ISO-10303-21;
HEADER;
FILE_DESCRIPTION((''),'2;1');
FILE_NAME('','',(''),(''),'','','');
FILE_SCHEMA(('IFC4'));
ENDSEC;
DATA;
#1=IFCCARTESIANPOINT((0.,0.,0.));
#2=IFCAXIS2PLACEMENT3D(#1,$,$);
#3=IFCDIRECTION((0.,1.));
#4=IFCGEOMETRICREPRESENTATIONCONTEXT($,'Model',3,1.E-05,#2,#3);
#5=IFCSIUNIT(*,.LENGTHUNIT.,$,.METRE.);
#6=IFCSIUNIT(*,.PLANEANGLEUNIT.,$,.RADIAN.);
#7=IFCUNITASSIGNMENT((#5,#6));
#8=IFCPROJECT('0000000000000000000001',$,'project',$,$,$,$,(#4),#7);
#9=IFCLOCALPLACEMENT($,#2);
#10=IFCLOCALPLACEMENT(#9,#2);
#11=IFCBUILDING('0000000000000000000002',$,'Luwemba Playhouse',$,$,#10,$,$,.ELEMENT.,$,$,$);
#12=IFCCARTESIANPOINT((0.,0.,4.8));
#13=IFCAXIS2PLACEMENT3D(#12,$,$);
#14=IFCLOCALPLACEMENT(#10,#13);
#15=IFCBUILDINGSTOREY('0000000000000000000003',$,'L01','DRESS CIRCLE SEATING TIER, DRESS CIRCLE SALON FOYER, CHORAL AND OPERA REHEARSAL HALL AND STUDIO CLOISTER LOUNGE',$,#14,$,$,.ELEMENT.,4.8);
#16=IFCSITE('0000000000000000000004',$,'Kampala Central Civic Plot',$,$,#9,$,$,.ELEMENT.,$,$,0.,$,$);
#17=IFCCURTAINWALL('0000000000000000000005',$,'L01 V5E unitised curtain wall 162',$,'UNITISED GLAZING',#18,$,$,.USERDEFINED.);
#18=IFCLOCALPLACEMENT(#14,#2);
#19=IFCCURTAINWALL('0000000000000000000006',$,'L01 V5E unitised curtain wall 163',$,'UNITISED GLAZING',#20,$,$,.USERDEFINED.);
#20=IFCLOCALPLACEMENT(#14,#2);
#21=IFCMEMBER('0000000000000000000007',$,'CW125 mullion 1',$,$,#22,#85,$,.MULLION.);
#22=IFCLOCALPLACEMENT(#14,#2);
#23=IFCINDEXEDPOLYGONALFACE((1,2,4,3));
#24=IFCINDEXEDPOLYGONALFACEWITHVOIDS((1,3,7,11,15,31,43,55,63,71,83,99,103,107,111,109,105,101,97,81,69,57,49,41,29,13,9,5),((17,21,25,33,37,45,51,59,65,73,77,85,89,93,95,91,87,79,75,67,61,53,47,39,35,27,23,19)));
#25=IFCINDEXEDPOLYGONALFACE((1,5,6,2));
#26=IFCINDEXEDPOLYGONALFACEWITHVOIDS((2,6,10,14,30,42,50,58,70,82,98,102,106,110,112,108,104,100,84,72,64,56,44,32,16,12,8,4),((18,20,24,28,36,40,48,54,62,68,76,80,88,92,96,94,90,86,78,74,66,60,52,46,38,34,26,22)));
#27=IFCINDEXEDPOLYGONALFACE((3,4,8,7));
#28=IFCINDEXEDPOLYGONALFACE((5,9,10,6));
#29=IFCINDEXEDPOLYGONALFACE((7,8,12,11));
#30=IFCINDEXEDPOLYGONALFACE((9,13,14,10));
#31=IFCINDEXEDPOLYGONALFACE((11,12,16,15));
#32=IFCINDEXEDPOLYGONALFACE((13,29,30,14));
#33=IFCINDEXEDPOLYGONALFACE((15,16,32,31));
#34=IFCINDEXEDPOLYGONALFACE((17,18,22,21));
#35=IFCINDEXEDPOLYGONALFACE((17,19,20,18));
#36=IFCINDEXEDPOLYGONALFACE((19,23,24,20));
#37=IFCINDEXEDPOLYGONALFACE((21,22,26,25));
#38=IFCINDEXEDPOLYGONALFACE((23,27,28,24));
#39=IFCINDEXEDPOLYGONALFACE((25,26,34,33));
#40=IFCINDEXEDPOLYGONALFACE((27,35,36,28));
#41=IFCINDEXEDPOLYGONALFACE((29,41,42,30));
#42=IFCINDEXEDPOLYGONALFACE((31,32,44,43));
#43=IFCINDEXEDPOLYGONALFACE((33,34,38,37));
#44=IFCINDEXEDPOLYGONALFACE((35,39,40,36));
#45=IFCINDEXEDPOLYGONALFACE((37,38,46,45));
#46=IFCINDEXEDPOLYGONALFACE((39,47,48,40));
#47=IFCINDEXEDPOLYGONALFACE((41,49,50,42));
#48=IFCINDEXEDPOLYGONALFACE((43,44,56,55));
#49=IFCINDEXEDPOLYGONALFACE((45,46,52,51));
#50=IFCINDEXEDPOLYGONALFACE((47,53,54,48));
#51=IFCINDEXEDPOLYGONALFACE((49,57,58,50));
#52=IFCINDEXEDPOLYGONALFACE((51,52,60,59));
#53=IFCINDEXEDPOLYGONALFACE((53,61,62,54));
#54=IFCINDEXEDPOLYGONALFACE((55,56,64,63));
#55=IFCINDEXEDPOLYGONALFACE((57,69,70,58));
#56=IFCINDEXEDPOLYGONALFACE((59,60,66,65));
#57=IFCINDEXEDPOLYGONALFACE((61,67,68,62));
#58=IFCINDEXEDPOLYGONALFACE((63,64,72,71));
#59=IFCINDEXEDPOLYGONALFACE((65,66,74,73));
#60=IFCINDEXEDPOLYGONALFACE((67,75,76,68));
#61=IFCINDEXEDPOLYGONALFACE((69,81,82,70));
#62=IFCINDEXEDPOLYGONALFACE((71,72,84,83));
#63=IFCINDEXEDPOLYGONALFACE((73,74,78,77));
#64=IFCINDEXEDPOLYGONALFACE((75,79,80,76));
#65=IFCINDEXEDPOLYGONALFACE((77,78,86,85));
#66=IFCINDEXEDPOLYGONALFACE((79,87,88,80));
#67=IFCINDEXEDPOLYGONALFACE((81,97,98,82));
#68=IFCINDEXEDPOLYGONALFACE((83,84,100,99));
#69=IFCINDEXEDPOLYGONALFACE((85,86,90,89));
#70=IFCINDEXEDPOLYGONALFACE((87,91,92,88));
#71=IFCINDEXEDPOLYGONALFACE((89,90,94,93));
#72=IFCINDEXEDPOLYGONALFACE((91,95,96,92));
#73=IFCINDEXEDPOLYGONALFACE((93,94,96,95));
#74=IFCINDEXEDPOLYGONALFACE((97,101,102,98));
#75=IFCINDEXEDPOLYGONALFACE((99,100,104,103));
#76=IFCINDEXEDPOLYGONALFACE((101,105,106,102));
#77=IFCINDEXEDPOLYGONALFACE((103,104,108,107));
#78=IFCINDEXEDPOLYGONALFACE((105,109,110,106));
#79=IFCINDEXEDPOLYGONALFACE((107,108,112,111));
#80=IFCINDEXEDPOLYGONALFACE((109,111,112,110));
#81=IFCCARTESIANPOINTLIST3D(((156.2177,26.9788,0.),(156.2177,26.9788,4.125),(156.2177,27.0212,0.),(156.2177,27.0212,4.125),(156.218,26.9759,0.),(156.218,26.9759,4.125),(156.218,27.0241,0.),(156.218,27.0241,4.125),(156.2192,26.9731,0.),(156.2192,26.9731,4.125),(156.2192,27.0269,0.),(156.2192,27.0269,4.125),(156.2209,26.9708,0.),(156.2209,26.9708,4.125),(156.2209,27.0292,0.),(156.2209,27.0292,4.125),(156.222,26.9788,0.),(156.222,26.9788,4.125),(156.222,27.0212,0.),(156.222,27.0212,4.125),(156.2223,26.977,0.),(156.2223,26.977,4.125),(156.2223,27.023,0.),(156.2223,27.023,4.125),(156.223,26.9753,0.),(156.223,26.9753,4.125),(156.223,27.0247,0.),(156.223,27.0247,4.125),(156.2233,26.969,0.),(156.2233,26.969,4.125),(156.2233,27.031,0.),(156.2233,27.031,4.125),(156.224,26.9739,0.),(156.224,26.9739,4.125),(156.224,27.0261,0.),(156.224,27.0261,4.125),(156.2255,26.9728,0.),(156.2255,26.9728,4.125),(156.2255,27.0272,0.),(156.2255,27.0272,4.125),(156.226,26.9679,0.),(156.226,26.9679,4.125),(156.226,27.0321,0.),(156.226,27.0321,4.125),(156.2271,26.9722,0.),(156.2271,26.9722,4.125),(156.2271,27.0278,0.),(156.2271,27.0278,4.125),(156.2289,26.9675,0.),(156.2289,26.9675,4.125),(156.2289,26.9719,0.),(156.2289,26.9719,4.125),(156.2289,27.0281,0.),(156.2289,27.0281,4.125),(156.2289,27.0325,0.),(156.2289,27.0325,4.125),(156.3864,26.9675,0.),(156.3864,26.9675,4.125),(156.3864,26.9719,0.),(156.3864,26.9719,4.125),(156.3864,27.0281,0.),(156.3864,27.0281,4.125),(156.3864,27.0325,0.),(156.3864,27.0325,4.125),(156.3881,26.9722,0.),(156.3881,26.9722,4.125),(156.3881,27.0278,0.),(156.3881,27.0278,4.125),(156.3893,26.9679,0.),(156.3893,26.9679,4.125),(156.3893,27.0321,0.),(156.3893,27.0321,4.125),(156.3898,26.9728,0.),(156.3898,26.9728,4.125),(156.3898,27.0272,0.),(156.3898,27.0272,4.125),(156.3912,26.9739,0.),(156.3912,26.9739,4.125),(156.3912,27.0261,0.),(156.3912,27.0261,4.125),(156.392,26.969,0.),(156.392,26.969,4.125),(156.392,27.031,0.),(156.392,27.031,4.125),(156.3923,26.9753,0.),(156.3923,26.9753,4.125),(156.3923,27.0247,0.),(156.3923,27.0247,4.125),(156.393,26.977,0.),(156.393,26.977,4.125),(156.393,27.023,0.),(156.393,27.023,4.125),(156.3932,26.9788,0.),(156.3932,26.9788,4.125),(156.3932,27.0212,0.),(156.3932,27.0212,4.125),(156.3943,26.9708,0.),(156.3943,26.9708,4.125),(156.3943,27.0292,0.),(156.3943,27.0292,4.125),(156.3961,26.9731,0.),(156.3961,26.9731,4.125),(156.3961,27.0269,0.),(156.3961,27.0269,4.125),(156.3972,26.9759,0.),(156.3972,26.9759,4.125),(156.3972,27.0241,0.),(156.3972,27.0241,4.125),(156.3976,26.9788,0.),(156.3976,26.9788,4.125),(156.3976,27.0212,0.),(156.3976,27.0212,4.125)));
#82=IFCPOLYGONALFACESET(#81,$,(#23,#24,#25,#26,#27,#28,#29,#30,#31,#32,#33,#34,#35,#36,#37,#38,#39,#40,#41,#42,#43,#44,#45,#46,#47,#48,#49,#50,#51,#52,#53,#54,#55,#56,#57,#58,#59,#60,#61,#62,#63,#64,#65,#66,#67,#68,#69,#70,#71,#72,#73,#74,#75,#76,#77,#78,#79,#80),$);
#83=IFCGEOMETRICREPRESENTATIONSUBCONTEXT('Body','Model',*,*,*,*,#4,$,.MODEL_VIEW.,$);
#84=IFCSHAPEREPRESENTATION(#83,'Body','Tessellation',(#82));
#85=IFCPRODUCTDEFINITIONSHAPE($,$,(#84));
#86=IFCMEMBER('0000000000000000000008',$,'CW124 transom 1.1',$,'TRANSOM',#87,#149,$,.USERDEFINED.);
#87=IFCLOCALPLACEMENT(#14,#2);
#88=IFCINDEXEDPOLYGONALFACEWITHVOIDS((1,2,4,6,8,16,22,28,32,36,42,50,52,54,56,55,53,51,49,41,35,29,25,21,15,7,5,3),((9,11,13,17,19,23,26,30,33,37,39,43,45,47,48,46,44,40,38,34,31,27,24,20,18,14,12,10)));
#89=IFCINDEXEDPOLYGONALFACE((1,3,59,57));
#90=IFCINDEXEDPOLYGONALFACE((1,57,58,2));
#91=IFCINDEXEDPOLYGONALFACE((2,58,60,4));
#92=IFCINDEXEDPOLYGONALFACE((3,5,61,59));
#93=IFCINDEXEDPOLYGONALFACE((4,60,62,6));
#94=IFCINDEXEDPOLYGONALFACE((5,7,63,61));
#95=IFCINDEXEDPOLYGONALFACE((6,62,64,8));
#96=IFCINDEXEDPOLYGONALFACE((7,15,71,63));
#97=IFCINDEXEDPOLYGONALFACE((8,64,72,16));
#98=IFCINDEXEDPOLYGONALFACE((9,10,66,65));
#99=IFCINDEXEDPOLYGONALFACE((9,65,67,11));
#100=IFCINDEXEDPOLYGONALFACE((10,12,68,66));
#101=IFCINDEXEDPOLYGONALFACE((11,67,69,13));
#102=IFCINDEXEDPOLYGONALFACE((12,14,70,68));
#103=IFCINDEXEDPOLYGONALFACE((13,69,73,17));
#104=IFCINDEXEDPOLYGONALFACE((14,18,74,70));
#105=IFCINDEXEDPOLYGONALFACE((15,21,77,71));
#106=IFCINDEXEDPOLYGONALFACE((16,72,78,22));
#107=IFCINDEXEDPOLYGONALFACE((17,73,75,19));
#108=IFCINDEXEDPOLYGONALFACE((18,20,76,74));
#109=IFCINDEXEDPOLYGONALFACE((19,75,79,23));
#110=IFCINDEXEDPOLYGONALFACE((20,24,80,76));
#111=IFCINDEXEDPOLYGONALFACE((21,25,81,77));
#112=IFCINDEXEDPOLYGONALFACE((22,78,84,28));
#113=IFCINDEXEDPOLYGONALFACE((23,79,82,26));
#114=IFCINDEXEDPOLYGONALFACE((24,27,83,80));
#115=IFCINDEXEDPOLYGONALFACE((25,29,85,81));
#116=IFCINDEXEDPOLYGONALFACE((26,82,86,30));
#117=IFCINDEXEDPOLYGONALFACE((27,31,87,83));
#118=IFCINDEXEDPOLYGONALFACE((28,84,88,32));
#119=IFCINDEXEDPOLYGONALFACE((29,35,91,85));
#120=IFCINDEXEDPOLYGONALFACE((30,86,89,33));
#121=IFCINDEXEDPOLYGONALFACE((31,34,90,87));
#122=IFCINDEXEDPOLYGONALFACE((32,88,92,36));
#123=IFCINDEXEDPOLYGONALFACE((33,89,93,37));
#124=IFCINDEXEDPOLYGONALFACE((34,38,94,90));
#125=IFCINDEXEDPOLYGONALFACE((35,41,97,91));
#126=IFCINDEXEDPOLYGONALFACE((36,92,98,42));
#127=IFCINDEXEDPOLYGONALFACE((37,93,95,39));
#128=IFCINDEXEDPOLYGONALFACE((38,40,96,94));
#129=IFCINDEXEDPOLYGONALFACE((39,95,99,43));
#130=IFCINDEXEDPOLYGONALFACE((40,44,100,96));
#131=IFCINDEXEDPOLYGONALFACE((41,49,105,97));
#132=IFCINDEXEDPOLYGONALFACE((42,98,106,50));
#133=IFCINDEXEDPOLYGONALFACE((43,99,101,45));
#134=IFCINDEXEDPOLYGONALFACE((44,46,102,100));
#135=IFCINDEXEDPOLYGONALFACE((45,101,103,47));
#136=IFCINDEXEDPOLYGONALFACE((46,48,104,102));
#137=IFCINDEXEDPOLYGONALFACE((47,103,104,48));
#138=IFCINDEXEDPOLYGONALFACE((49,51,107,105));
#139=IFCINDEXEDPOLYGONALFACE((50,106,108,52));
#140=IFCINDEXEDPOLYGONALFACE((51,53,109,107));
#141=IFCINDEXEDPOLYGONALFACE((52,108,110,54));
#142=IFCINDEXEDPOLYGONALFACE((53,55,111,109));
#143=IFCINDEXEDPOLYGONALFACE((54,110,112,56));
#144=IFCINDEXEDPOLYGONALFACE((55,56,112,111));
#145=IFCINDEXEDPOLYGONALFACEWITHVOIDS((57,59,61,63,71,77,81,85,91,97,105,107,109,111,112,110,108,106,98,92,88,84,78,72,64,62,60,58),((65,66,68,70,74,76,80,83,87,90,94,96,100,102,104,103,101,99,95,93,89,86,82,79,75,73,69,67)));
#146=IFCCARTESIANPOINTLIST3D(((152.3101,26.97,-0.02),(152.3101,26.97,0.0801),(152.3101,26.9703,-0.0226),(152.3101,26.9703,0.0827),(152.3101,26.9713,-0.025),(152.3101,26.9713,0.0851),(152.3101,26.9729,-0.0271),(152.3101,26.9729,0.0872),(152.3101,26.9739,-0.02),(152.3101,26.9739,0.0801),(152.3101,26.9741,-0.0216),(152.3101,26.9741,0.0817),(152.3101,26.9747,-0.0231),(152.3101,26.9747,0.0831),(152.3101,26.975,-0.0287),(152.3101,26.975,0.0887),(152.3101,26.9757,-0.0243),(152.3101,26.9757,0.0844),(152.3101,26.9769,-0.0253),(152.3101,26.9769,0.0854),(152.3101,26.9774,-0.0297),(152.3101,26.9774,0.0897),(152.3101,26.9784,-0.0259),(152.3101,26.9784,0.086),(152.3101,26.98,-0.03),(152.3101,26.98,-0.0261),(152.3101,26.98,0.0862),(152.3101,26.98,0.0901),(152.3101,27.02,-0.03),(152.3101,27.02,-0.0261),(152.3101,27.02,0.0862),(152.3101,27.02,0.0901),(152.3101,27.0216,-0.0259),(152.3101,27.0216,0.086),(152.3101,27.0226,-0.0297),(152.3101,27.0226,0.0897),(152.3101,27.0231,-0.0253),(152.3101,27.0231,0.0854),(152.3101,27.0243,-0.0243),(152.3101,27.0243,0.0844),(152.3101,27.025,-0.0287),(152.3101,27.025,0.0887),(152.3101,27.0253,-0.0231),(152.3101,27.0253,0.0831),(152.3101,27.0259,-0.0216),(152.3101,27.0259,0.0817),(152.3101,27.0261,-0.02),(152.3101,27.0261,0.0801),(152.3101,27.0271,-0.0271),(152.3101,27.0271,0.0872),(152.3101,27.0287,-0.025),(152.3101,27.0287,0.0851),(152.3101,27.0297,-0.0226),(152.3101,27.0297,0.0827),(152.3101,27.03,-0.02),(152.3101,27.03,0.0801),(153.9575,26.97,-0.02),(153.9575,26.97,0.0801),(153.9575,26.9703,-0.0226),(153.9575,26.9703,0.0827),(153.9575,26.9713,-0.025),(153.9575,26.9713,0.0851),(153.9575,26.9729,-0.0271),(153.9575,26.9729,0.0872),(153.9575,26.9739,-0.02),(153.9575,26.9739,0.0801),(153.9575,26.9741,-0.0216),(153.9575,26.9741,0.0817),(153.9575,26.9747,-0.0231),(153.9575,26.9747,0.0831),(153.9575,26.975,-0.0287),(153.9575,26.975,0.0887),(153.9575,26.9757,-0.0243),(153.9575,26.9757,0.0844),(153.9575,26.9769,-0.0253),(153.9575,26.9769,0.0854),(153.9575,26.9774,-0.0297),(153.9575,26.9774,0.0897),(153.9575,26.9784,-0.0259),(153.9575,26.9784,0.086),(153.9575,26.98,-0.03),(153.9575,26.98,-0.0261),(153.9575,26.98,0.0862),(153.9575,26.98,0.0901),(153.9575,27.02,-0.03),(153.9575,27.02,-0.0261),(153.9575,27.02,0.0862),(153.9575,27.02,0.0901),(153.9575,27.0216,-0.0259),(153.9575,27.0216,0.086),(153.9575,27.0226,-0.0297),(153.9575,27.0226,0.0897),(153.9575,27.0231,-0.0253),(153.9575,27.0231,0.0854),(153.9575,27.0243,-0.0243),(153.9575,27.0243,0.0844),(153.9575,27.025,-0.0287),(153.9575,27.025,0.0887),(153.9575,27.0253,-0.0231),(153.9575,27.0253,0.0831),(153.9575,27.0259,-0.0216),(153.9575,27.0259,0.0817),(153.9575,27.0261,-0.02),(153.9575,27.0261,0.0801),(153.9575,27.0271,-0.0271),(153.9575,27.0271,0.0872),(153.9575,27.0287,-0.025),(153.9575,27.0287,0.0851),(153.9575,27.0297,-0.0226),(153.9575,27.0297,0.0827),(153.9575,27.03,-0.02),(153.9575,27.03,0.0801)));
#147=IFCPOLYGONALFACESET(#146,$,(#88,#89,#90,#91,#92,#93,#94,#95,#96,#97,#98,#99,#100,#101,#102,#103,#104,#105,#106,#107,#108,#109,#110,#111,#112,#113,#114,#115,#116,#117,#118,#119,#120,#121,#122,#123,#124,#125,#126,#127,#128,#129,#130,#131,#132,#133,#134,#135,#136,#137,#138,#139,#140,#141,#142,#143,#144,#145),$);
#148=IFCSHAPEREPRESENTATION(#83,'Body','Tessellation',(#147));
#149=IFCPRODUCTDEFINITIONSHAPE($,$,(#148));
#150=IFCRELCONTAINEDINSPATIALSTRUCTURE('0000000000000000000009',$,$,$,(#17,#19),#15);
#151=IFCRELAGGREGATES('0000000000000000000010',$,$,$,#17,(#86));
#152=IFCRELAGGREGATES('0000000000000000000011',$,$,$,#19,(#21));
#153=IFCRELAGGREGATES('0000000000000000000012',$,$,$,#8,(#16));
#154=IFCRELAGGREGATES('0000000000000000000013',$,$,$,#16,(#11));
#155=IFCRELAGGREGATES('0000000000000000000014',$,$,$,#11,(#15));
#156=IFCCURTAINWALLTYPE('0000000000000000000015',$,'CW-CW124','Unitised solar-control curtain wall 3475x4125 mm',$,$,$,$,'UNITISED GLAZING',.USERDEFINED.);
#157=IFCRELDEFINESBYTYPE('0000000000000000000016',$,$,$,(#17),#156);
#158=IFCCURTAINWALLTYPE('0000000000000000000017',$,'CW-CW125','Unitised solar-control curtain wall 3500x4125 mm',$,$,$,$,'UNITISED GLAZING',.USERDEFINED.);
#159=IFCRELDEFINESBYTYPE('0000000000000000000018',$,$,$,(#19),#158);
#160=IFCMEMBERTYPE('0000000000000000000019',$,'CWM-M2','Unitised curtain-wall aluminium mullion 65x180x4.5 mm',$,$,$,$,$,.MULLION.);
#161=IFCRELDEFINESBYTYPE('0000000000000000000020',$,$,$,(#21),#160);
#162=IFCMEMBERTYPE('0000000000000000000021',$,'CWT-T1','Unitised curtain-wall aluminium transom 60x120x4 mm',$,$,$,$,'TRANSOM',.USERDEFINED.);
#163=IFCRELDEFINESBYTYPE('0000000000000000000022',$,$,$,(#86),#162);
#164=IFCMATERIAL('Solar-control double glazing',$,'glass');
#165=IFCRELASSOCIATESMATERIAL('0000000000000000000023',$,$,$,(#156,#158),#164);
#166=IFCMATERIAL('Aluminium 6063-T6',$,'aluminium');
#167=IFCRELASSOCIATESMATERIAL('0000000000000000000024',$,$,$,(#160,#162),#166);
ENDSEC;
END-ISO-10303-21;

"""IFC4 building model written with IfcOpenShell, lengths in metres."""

from ifc_helpers import new_model, si_unit, direction, frame, origin, origin_2d, place, context, subcontext, project, spatial, hollow_rectangle, extrude, material, material_profile, profile_set, type_object, element, aggregate, save


model = new_model("IFC4")

# Units and contexts
model_context = context("Model", 3, precision=1e-05, world=origin(), true_north=direction((0.0, 1.0)))
body_context = subcontext(model_context, "Body", "Model", "MODEL_VIEW")
ifc_project = project(units=[si_unit("LENGTHUNIT", "METRE"), si_unit("PLANEANGLEUNIT", "RADIAN")], contexts=[model_context])

# Site, building, storey
site_placement = place(None, origin())
site = spatial("IfcSite", under=ifc_project, at=site_placement, Name="Kampala Central Civic Plot", CompositionType="ELEMENT", RefElevation=0.0)
building_placement = place(site_placement, origin())
building = spatial("IfcBuilding", under=site, at=building_placement, Name="Luwemba Playhouse", CompositionType="ELEMENT")
storey_placement = place(building_placement, frame((0.0, 0.0, 4.8)))
storey = spatial("IfcBuildingStorey", under=building, at=storey_placement, Name="L01", Description="DRESS CIRCLE SEATING TIER, DRESS CIRCLE SALON FOYER, CHORAL AND OPERA REHEARSAL HALL AND STUDIO CLOISTER LOUNGE", CompositionType="ELEMENT", Elevation=4.8)

# Curtain wall
ifc_material_1 = material(Name="Solar-control double glazing", Category="glass")
curtain_wall_type_1 = type_object("IfcCurtainWallType", Name="CW-CW124", Description="Unitised solar-control curtain wall 3475x4125 mm", ElementType="UNITISED GLAZING", PredefinedType="USERDEFINED", material=ifc_material_1)
curtain_wall_1_placement = place(storey_placement, origin())
curtain_wall_1 = element("IfcCurtainWall", 1, at=curtain_wall_1_placement, inside=storey, type_object=curtain_wall_type_1, Name="L01 V5E unitised curtain wall 162", ObjectType="UNITISED GLAZING", PredefinedType="USERDEFINED")
ifc_material_2 = material(Name="Aluminium 6063-T6", Category="aluminium")

# Curtain wall, member
curtain_wall_type_2 = type_object("IfcCurtainWallType", Name="CW-CW125", Description="Unitised solar-control curtain wall 3500x4125 mm", ElementType="UNITISED GLAZING", PredefinedType="USERDEFINED", material=ifc_material_1)
curtain_wall_2_placement = place(storey_placement, origin())
curtain_wall_2 = element("IfcCurtainWall", 2, at=curtain_wall_2_placement, inside=storey, type_object=curtain_wall_type_2, Name="L01 V5E unitised curtain wall 163", ObjectType="UNITISED GLAZING", PredefinedType="USERDEFINED")
ifc_material_profile_1 = material_profile(ifc_material_2, hollow_rectangle(XDim=0.0649, YDim=0.1799, WallThickness=0.0044, InnerFilletRadius=0.0068, OuterFilletRadius=0.0112, at=origin_2d()))
ifc_profile_set_1 = profile_set([ifc_material_profile_1], Name="Aluminium 6063-T6")
member_type_1 = type_object("IfcMemberType", Name="CWM-M2", Description="Unitised curtain-wall aluminium mullion 65x180x4.5 mm", PredefinedType="MULLION", material=ifc_profile_set_1)
member_1_placement = place(storey_placement, frame((156.3076, 27.0, 0.0), z_axis=(0.0, 0.0, 1.0), x_axis=(0.0, 1.0, 0.0)))
member_1 = element("IfcMember", 3, at=member_1_placement, type_object=member_type_1, Name="CW125 mullion 1", PredefinedType="MULLION", context=body_context, shape_type="SweptSolid", body=[
    extrude(hollow_rectangle(XDim=0.0649, YDim=0.1799, WallThickness=0.0044, InnerFilletRadius=0.0068, OuterFilletRadius=0.0112, at=origin_2d()), origin(), (0.0, 0.0, 1.0), 4.125),
])

# Member
ifc_material_profile_2 = material_profile(ifc_material_2, hollow_rectangle(XDim=0.0601, YDim=0.1201, WallThickness=0.0039, InnerFilletRadius=0.0061, OuterFilletRadius=0.01, at=origin_2d()))
ifc_profile_set_2 = profile_set([ifc_material_profile_2], Name="Aluminium 6063-T6")
member_type_2 = type_object("IfcMemberType", Name="CWT-T1", Description="Unitised curtain-wall aluminium transom 60x120x4 mm", ElementType="TRANSOM", PredefinedType="USERDEFINED", material=ifc_profile_set_2)
member_2_placement = place(storey_placement, frame((152.3101, 27.0, 0.03), z_axis=(1.0, 0.0, 0.0), x_axis=(0.0, 1.0, 0.0)))
member_2 = element("IfcMember", 4, at=member_2_placement, type_object=member_type_2, Name="CW124 transom 1.1", ObjectType="TRANSOM", PredefinedType="USERDEFINED", context=body_context, shape_type="SweptSolid", body=[
    extrude(hollow_rectangle(XDim=0.0601, YDim=0.1201, WallThickness=0.0039, InnerFilletRadius=0.0061, OuterFilletRadius=0.01, at=origin_2d()), origin(), (0.0, 0.0, 1.0), 1.6475),
])

aggregate(curtain_wall_1, [member_2])
aggregate(curtain_wall_2, [member_1])

save(model, "model.ifc")
